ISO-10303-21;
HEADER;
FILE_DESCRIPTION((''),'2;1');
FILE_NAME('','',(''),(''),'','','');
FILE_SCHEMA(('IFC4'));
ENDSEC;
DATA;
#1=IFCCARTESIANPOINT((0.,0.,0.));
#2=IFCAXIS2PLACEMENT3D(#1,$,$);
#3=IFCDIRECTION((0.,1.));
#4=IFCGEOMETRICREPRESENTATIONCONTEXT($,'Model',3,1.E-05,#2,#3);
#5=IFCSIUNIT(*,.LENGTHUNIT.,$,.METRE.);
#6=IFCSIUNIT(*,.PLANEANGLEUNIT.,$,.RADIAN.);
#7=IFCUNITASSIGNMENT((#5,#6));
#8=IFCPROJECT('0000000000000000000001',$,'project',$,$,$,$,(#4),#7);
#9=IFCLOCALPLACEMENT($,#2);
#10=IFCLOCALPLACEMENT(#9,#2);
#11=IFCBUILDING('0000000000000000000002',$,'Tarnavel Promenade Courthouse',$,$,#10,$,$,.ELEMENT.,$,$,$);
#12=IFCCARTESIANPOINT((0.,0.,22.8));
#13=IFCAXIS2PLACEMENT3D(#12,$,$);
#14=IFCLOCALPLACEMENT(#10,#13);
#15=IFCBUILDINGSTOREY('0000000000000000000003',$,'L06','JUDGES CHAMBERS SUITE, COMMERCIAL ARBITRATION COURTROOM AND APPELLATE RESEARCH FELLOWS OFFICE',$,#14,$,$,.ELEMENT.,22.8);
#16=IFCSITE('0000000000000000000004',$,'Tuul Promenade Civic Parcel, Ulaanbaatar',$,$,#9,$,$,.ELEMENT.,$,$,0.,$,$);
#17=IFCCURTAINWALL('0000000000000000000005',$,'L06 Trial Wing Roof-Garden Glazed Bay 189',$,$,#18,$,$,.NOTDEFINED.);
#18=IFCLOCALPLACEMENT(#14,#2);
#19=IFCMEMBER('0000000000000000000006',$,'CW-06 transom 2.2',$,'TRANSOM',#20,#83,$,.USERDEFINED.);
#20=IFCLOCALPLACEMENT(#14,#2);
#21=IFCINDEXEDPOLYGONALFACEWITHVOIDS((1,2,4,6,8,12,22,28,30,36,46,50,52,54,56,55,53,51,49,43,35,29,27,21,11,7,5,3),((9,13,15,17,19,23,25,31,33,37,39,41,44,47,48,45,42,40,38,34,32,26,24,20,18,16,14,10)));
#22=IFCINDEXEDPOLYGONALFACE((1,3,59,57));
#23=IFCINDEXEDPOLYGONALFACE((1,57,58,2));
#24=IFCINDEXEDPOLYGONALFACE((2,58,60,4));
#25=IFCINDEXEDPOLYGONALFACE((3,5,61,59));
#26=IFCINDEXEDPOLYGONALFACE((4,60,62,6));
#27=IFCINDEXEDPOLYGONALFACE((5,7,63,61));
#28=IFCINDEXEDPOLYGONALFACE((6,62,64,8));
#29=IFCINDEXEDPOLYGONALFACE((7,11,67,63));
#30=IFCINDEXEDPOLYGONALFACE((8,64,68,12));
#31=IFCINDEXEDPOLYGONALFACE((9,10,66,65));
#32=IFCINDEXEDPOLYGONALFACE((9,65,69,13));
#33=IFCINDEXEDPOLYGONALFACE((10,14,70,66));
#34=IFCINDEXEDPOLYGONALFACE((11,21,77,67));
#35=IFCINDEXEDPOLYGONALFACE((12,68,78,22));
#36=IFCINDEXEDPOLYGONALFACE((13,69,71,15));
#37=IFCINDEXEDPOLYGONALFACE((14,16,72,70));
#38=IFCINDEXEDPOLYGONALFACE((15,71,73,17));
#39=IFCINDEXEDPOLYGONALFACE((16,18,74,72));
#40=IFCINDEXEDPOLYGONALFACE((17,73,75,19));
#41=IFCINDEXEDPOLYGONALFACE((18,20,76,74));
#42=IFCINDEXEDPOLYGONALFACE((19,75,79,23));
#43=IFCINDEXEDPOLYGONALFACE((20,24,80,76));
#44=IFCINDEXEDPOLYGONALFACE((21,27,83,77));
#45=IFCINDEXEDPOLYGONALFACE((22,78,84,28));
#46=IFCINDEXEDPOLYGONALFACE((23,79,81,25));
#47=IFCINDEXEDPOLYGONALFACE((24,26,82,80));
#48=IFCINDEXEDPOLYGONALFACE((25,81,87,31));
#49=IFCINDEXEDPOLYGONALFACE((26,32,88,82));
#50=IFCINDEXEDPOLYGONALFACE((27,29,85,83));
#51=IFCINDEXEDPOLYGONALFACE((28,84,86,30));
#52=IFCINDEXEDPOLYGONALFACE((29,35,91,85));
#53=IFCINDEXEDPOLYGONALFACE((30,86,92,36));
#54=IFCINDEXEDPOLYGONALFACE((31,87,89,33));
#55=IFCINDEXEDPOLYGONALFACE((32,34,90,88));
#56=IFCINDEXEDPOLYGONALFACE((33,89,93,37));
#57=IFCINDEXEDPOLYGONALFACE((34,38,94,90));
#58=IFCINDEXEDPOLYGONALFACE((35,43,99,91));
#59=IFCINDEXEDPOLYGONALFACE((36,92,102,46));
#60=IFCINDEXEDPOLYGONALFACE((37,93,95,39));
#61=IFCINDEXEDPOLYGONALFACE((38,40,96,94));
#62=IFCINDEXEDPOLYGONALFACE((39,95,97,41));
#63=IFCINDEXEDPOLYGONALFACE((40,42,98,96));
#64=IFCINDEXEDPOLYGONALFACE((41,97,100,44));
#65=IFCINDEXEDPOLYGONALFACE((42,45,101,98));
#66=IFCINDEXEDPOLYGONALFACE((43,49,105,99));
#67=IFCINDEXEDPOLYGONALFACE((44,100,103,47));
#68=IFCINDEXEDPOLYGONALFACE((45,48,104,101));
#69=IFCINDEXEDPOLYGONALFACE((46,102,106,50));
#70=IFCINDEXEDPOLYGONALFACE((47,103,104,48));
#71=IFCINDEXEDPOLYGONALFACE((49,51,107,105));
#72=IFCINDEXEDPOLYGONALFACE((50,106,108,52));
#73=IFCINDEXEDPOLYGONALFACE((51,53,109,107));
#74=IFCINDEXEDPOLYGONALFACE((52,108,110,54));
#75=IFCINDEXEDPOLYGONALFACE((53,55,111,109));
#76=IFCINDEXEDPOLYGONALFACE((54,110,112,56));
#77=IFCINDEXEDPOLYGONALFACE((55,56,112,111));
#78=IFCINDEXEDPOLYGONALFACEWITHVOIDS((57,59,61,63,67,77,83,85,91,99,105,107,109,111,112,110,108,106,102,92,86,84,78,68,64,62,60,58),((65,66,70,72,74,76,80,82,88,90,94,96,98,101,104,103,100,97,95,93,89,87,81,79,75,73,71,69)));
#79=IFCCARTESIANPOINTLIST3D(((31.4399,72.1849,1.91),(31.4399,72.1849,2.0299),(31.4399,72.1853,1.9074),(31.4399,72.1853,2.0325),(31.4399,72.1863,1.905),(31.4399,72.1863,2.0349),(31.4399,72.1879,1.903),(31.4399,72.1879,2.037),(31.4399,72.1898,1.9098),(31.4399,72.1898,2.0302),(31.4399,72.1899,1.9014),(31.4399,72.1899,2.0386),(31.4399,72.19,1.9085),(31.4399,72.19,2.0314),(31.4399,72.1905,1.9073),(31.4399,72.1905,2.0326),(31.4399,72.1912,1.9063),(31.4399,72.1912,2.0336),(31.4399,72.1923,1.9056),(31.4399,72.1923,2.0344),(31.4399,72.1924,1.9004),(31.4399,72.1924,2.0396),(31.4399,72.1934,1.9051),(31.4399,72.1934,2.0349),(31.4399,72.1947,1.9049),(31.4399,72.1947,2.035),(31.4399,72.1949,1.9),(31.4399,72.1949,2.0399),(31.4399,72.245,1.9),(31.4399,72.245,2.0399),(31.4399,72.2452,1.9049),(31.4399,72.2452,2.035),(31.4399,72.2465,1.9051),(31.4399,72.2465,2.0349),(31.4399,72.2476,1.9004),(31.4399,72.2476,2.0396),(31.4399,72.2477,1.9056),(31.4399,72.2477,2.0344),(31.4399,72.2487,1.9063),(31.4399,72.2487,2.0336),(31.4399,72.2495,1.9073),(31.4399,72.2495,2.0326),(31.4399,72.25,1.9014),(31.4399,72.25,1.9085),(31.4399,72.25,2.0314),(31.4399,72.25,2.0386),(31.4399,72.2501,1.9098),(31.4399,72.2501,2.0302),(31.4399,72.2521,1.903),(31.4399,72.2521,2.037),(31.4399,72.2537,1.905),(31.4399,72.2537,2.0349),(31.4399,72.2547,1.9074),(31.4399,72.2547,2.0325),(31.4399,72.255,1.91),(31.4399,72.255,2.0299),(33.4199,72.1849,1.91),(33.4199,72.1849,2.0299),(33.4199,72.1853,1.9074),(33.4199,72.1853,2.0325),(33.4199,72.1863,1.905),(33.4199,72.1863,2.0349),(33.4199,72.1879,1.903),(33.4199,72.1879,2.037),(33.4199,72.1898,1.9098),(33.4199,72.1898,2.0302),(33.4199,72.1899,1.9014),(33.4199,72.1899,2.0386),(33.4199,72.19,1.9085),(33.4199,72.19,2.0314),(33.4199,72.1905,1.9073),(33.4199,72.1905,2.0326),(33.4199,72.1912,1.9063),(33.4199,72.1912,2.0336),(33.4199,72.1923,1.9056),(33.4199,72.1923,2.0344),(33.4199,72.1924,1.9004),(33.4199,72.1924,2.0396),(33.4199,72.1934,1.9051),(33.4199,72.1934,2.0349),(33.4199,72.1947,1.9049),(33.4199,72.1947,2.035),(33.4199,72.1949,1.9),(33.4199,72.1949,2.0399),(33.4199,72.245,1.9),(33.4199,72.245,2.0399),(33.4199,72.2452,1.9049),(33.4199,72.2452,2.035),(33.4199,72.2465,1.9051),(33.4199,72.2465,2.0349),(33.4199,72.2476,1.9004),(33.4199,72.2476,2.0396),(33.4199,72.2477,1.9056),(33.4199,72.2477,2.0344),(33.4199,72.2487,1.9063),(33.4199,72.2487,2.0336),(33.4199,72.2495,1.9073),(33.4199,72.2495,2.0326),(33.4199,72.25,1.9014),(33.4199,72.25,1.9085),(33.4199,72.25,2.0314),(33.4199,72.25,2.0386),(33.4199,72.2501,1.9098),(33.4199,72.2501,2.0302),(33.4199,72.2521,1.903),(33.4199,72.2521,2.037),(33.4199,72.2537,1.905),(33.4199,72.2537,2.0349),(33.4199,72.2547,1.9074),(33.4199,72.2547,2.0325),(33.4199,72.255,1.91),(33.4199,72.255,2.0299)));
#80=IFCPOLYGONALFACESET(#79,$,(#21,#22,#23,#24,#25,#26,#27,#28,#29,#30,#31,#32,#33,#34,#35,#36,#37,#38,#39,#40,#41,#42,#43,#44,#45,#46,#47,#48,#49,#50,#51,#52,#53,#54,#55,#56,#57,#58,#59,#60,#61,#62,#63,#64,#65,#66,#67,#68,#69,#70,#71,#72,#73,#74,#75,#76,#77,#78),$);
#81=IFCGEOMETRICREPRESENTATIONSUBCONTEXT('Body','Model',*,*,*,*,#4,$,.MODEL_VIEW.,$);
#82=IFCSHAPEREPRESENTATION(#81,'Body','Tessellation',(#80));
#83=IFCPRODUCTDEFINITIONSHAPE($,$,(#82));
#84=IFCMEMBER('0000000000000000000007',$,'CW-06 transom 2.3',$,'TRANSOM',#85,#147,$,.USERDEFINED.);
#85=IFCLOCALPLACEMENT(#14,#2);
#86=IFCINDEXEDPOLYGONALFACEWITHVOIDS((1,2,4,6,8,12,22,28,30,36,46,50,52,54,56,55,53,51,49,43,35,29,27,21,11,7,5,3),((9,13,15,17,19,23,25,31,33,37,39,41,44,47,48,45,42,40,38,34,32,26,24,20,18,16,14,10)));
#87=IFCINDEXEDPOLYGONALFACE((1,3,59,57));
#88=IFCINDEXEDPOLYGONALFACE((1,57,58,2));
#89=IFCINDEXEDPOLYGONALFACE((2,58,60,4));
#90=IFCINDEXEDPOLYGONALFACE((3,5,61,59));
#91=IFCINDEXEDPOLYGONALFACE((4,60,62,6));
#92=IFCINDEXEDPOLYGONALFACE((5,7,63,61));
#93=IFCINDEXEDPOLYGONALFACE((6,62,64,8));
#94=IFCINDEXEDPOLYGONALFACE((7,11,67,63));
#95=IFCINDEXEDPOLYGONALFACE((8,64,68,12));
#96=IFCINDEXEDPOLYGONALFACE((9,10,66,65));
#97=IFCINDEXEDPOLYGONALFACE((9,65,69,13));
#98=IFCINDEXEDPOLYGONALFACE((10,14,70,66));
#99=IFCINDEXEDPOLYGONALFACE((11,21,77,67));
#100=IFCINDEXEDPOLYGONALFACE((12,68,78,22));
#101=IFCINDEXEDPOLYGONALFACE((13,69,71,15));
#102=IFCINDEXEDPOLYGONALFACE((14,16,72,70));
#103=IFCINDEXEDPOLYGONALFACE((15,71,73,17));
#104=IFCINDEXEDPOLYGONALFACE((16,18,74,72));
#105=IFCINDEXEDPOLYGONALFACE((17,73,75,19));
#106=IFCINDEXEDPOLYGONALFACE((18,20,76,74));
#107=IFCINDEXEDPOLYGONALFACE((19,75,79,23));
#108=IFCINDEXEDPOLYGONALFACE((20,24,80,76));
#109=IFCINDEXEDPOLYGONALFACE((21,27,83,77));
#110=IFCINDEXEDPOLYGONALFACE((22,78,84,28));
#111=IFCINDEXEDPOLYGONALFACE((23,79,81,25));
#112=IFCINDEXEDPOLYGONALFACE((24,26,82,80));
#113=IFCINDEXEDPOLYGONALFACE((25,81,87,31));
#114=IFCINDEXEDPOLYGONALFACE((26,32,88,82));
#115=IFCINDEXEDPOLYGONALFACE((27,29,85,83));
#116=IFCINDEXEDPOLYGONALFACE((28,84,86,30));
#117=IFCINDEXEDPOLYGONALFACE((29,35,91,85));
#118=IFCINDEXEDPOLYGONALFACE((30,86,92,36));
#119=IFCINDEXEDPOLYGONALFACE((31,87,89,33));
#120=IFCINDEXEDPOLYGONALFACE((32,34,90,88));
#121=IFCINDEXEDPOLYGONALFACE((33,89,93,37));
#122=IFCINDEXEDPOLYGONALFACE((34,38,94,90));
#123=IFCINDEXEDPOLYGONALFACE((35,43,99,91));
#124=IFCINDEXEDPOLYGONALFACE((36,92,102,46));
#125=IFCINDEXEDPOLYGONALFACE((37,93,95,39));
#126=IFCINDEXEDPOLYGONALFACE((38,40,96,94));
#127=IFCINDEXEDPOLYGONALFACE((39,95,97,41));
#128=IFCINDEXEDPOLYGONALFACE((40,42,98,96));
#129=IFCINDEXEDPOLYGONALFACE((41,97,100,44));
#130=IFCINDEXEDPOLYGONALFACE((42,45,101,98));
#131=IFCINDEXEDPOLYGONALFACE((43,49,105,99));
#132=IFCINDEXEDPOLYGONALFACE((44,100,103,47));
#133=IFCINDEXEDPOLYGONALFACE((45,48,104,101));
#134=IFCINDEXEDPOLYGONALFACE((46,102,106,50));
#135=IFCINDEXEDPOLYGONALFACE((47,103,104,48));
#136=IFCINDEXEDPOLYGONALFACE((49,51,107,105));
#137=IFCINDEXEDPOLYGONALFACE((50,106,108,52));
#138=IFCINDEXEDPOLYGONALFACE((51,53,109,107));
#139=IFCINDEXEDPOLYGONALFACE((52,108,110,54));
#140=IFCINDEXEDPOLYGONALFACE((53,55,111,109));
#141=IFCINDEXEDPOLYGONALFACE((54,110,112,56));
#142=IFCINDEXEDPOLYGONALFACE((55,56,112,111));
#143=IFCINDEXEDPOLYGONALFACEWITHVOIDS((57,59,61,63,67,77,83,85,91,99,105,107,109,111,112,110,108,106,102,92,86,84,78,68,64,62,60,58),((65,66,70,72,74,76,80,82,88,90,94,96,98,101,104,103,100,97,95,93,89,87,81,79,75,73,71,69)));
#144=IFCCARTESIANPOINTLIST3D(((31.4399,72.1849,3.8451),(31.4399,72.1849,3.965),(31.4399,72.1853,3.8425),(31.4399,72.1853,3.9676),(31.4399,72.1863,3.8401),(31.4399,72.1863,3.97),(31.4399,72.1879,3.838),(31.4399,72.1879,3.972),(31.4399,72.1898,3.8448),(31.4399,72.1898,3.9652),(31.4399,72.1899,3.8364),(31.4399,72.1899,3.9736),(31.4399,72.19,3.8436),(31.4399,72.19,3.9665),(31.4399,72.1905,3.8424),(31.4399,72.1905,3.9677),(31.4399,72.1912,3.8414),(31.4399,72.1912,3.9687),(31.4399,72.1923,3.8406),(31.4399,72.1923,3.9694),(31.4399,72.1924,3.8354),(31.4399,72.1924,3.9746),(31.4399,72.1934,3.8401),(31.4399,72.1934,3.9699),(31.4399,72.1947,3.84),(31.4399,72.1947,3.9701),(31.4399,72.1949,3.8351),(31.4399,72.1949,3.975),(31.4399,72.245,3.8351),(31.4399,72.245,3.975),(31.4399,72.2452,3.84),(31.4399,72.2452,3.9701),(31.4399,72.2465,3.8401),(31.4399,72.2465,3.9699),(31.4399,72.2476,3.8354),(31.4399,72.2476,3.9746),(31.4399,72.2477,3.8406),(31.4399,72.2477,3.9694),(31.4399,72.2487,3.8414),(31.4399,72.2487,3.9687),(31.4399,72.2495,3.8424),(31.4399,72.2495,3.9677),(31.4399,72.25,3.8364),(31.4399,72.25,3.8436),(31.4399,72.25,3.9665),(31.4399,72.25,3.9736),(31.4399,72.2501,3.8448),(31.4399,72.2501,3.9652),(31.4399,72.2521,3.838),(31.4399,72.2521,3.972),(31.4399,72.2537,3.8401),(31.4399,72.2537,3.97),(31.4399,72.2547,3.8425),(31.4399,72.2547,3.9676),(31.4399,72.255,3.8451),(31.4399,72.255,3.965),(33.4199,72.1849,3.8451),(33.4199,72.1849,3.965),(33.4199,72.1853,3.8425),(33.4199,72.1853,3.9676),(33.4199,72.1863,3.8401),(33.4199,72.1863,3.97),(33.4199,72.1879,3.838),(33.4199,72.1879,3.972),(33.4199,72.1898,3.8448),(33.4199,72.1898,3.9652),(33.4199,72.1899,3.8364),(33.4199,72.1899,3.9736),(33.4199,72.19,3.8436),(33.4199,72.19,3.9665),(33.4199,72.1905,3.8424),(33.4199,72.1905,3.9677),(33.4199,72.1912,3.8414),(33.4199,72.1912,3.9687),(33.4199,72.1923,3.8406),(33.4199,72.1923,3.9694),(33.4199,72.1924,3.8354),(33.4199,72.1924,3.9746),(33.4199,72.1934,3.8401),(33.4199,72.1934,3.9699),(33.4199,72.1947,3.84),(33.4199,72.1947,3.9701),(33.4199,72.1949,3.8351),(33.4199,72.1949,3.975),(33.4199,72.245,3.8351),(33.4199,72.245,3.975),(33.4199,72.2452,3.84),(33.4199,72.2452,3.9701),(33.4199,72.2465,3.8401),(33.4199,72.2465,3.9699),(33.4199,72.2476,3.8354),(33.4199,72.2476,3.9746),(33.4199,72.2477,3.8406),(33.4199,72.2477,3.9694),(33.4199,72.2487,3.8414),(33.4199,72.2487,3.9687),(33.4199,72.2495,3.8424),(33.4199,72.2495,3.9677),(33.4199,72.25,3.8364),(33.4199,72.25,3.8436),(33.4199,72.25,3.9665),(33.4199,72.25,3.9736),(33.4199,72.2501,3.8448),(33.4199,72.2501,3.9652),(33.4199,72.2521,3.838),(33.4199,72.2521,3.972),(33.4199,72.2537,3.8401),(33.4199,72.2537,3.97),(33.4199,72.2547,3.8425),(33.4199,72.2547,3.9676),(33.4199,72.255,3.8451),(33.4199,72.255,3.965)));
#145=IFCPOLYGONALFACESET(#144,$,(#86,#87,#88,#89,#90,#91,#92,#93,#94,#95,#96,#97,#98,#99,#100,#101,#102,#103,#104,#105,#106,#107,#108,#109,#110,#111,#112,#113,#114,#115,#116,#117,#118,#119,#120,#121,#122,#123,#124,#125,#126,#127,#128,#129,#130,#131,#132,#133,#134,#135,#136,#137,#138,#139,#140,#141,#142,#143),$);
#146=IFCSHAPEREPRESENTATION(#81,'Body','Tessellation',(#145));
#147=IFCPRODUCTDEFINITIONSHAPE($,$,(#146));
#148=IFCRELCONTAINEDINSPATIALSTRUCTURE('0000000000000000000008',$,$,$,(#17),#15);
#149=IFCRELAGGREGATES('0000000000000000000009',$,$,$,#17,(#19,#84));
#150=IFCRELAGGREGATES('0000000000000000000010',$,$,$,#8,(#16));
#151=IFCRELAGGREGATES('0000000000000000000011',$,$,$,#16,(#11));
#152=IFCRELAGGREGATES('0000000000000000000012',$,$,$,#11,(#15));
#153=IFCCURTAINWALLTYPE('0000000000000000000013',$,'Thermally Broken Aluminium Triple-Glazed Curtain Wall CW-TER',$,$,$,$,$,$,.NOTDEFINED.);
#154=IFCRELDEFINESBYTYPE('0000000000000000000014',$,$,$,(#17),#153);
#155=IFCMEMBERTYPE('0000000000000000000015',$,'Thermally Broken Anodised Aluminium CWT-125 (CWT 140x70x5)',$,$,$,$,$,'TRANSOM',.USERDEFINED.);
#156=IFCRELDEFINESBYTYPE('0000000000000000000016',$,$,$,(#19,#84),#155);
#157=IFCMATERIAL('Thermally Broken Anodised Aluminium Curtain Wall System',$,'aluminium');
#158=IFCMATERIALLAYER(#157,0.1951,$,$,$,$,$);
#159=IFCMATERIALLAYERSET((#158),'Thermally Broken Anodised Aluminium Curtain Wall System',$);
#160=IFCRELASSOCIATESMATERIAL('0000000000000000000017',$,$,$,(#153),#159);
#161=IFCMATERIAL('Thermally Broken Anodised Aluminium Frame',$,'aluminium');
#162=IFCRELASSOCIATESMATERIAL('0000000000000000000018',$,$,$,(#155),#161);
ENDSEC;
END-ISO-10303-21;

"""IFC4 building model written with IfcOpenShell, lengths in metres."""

from ifc_helpers import new_model, si_unit, direction, frame, origin, origin_2d, place, context, subcontext, project, spatial, hollow_rectangle, extrude, material, layer, layer_set, material_profile, profile_set, type_object, element, aggregate, save


model = new_model("IFC4")

# Units and contexts
model_context = context("Model", 3, precision=1e-05, world=origin(), true_north=direction((0.0, 1.0)))
body_context = subcontext(model_context, "Body", "Model", "MODEL_VIEW")
ifc_project = project(units=[si_unit("LENGTHUNIT", "METRE"), si_unit("PLANEANGLEUNIT", "RADIAN")], contexts=[model_context])

# Site, building, storey
site_placement = place(None, origin())
site = spatial("IfcSite", under=ifc_project, at=site_placement, Name="Tuul Promenade Civic Parcel, Ulaanbaatar", CompositionType="ELEMENT", RefElevation=0.0)
building_placement = place(site_placement, origin())
building = spatial("IfcBuilding", under=site, at=building_placement, Name="Tarnavel Promenade Courthouse", CompositionType="ELEMENT")
storey_placement = place(building_placement, frame((0.0, 0.0, 22.8)))
storey = spatial("IfcBuildingStorey", under=building, at=storey_placement, Name="L06", Description="JUDGES CHAMBERS SUITE, COMMERCIAL ARBITRATION COURTROOM AND APPELLATE RESEARCH FELLOWS OFFICE", CompositionType="ELEMENT", Elevation=22.8)

# Curtain wall
ifc_material_1 = material(Name="Thermally Broken Anodised Aluminium Curtain Wall System", Category="aluminium")
ifc_layer_1 = layer(ifc_material_1, 0.1951)
ifc_layer_set_1 = layer_set([ifc_layer_1], Name="Thermally Broken Anodised Aluminium Curtain Wall System")
curtain_wall_type = type_object("IfcCurtainWallType", Name="Thermally Broken Aluminium Triple-Glazed Curtain Wall CW-TER", PredefinedType="NOTDEFINED", material=ifc_layer_set_1)
curtain_wall_1_placement = place(storey_placement, origin())
curtain_wall_1 = element("IfcCurtainWall", 1, at=curtain_wall_1_placement, inside=storey, type_object=curtain_wall_type, Name="L06 Trial Wing Roof-Garden Glazed Bay 189", PredefinedType="NOTDEFINED")
ifc_material_2 = material(Name="Thermally Broken Anodised Aluminium Frame", Category="aluminium")

# Members
ifc_material_profile_1 = material_profile(ifc_material_2, hollow_rectangle(XDim=0.0701, YDim=0.1399, WallThickness=0.0049, InnerFilletRadius=0.0049, OuterFilletRadius=0.01, at=origin_2d()), Name="CWT 140x70x5")
ifc_profile_set_1 = profile_set([ifc_material_profile_1], Name="Thermally Broken Anodised Aluminium Frame")
member_type_1 = type_object("IfcMemberType", Name="Thermally Broken Anodised Aluminium CWT-125 (CWT 140x70x5)", ElementType="TRANSOM", PredefinedType="USERDEFINED", material=ifc_profile_set_1)
member_1_placement = place(storey_placement, frame((31.4399, 72.22, 1.97), z_axis=(1.0, 0.0, 0.0), x_axis=(0.0, 1.0, 0.0)))
member_1 = element("IfcMember", 2, at=member_1_placement, type_object=member_type_1, Name="CW-06 transom 2.2", ObjectType="TRANSOM", PredefinedType="USERDEFINED", context=body_context, shape_type="SweptSolid", body=[
    extrude(hollow_rectangle(XDim=0.0701, YDim=0.1399, WallThickness=0.0049, InnerFilletRadius=0.0049, OuterFilletRadius=0.01, at=origin_2d()), origin(), (0.0, 0.0, 1.0), 1.98),
])
member_2_placement = place(storey_placement, frame((31.4399, 72.22, 3.905), z_axis=(1.0, 0.0, 0.0), x_axis=(0.0, 1.0, 0.0)))
member_2 = element("IfcMember", 3, at=member_2_placement, type_object=member_type_1, Name="CW-06 transom 2.3", ObjectType="TRANSOM", PredefinedType="USERDEFINED", context=body_context, shape_type="SweptSolid", body=[
    extrude(hollow_rectangle(XDim=0.0701, YDim=0.1399, WallThickness=0.0049, InnerFilletRadius=0.0049, OuterFilletRadius=0.01, at=origin_2d()), origin(), (0.0, 0.0, 1.0), 1.98),
])

aggregate(curtain_wall_1, [member_1, member_2])

save(model, "model.ifc")
